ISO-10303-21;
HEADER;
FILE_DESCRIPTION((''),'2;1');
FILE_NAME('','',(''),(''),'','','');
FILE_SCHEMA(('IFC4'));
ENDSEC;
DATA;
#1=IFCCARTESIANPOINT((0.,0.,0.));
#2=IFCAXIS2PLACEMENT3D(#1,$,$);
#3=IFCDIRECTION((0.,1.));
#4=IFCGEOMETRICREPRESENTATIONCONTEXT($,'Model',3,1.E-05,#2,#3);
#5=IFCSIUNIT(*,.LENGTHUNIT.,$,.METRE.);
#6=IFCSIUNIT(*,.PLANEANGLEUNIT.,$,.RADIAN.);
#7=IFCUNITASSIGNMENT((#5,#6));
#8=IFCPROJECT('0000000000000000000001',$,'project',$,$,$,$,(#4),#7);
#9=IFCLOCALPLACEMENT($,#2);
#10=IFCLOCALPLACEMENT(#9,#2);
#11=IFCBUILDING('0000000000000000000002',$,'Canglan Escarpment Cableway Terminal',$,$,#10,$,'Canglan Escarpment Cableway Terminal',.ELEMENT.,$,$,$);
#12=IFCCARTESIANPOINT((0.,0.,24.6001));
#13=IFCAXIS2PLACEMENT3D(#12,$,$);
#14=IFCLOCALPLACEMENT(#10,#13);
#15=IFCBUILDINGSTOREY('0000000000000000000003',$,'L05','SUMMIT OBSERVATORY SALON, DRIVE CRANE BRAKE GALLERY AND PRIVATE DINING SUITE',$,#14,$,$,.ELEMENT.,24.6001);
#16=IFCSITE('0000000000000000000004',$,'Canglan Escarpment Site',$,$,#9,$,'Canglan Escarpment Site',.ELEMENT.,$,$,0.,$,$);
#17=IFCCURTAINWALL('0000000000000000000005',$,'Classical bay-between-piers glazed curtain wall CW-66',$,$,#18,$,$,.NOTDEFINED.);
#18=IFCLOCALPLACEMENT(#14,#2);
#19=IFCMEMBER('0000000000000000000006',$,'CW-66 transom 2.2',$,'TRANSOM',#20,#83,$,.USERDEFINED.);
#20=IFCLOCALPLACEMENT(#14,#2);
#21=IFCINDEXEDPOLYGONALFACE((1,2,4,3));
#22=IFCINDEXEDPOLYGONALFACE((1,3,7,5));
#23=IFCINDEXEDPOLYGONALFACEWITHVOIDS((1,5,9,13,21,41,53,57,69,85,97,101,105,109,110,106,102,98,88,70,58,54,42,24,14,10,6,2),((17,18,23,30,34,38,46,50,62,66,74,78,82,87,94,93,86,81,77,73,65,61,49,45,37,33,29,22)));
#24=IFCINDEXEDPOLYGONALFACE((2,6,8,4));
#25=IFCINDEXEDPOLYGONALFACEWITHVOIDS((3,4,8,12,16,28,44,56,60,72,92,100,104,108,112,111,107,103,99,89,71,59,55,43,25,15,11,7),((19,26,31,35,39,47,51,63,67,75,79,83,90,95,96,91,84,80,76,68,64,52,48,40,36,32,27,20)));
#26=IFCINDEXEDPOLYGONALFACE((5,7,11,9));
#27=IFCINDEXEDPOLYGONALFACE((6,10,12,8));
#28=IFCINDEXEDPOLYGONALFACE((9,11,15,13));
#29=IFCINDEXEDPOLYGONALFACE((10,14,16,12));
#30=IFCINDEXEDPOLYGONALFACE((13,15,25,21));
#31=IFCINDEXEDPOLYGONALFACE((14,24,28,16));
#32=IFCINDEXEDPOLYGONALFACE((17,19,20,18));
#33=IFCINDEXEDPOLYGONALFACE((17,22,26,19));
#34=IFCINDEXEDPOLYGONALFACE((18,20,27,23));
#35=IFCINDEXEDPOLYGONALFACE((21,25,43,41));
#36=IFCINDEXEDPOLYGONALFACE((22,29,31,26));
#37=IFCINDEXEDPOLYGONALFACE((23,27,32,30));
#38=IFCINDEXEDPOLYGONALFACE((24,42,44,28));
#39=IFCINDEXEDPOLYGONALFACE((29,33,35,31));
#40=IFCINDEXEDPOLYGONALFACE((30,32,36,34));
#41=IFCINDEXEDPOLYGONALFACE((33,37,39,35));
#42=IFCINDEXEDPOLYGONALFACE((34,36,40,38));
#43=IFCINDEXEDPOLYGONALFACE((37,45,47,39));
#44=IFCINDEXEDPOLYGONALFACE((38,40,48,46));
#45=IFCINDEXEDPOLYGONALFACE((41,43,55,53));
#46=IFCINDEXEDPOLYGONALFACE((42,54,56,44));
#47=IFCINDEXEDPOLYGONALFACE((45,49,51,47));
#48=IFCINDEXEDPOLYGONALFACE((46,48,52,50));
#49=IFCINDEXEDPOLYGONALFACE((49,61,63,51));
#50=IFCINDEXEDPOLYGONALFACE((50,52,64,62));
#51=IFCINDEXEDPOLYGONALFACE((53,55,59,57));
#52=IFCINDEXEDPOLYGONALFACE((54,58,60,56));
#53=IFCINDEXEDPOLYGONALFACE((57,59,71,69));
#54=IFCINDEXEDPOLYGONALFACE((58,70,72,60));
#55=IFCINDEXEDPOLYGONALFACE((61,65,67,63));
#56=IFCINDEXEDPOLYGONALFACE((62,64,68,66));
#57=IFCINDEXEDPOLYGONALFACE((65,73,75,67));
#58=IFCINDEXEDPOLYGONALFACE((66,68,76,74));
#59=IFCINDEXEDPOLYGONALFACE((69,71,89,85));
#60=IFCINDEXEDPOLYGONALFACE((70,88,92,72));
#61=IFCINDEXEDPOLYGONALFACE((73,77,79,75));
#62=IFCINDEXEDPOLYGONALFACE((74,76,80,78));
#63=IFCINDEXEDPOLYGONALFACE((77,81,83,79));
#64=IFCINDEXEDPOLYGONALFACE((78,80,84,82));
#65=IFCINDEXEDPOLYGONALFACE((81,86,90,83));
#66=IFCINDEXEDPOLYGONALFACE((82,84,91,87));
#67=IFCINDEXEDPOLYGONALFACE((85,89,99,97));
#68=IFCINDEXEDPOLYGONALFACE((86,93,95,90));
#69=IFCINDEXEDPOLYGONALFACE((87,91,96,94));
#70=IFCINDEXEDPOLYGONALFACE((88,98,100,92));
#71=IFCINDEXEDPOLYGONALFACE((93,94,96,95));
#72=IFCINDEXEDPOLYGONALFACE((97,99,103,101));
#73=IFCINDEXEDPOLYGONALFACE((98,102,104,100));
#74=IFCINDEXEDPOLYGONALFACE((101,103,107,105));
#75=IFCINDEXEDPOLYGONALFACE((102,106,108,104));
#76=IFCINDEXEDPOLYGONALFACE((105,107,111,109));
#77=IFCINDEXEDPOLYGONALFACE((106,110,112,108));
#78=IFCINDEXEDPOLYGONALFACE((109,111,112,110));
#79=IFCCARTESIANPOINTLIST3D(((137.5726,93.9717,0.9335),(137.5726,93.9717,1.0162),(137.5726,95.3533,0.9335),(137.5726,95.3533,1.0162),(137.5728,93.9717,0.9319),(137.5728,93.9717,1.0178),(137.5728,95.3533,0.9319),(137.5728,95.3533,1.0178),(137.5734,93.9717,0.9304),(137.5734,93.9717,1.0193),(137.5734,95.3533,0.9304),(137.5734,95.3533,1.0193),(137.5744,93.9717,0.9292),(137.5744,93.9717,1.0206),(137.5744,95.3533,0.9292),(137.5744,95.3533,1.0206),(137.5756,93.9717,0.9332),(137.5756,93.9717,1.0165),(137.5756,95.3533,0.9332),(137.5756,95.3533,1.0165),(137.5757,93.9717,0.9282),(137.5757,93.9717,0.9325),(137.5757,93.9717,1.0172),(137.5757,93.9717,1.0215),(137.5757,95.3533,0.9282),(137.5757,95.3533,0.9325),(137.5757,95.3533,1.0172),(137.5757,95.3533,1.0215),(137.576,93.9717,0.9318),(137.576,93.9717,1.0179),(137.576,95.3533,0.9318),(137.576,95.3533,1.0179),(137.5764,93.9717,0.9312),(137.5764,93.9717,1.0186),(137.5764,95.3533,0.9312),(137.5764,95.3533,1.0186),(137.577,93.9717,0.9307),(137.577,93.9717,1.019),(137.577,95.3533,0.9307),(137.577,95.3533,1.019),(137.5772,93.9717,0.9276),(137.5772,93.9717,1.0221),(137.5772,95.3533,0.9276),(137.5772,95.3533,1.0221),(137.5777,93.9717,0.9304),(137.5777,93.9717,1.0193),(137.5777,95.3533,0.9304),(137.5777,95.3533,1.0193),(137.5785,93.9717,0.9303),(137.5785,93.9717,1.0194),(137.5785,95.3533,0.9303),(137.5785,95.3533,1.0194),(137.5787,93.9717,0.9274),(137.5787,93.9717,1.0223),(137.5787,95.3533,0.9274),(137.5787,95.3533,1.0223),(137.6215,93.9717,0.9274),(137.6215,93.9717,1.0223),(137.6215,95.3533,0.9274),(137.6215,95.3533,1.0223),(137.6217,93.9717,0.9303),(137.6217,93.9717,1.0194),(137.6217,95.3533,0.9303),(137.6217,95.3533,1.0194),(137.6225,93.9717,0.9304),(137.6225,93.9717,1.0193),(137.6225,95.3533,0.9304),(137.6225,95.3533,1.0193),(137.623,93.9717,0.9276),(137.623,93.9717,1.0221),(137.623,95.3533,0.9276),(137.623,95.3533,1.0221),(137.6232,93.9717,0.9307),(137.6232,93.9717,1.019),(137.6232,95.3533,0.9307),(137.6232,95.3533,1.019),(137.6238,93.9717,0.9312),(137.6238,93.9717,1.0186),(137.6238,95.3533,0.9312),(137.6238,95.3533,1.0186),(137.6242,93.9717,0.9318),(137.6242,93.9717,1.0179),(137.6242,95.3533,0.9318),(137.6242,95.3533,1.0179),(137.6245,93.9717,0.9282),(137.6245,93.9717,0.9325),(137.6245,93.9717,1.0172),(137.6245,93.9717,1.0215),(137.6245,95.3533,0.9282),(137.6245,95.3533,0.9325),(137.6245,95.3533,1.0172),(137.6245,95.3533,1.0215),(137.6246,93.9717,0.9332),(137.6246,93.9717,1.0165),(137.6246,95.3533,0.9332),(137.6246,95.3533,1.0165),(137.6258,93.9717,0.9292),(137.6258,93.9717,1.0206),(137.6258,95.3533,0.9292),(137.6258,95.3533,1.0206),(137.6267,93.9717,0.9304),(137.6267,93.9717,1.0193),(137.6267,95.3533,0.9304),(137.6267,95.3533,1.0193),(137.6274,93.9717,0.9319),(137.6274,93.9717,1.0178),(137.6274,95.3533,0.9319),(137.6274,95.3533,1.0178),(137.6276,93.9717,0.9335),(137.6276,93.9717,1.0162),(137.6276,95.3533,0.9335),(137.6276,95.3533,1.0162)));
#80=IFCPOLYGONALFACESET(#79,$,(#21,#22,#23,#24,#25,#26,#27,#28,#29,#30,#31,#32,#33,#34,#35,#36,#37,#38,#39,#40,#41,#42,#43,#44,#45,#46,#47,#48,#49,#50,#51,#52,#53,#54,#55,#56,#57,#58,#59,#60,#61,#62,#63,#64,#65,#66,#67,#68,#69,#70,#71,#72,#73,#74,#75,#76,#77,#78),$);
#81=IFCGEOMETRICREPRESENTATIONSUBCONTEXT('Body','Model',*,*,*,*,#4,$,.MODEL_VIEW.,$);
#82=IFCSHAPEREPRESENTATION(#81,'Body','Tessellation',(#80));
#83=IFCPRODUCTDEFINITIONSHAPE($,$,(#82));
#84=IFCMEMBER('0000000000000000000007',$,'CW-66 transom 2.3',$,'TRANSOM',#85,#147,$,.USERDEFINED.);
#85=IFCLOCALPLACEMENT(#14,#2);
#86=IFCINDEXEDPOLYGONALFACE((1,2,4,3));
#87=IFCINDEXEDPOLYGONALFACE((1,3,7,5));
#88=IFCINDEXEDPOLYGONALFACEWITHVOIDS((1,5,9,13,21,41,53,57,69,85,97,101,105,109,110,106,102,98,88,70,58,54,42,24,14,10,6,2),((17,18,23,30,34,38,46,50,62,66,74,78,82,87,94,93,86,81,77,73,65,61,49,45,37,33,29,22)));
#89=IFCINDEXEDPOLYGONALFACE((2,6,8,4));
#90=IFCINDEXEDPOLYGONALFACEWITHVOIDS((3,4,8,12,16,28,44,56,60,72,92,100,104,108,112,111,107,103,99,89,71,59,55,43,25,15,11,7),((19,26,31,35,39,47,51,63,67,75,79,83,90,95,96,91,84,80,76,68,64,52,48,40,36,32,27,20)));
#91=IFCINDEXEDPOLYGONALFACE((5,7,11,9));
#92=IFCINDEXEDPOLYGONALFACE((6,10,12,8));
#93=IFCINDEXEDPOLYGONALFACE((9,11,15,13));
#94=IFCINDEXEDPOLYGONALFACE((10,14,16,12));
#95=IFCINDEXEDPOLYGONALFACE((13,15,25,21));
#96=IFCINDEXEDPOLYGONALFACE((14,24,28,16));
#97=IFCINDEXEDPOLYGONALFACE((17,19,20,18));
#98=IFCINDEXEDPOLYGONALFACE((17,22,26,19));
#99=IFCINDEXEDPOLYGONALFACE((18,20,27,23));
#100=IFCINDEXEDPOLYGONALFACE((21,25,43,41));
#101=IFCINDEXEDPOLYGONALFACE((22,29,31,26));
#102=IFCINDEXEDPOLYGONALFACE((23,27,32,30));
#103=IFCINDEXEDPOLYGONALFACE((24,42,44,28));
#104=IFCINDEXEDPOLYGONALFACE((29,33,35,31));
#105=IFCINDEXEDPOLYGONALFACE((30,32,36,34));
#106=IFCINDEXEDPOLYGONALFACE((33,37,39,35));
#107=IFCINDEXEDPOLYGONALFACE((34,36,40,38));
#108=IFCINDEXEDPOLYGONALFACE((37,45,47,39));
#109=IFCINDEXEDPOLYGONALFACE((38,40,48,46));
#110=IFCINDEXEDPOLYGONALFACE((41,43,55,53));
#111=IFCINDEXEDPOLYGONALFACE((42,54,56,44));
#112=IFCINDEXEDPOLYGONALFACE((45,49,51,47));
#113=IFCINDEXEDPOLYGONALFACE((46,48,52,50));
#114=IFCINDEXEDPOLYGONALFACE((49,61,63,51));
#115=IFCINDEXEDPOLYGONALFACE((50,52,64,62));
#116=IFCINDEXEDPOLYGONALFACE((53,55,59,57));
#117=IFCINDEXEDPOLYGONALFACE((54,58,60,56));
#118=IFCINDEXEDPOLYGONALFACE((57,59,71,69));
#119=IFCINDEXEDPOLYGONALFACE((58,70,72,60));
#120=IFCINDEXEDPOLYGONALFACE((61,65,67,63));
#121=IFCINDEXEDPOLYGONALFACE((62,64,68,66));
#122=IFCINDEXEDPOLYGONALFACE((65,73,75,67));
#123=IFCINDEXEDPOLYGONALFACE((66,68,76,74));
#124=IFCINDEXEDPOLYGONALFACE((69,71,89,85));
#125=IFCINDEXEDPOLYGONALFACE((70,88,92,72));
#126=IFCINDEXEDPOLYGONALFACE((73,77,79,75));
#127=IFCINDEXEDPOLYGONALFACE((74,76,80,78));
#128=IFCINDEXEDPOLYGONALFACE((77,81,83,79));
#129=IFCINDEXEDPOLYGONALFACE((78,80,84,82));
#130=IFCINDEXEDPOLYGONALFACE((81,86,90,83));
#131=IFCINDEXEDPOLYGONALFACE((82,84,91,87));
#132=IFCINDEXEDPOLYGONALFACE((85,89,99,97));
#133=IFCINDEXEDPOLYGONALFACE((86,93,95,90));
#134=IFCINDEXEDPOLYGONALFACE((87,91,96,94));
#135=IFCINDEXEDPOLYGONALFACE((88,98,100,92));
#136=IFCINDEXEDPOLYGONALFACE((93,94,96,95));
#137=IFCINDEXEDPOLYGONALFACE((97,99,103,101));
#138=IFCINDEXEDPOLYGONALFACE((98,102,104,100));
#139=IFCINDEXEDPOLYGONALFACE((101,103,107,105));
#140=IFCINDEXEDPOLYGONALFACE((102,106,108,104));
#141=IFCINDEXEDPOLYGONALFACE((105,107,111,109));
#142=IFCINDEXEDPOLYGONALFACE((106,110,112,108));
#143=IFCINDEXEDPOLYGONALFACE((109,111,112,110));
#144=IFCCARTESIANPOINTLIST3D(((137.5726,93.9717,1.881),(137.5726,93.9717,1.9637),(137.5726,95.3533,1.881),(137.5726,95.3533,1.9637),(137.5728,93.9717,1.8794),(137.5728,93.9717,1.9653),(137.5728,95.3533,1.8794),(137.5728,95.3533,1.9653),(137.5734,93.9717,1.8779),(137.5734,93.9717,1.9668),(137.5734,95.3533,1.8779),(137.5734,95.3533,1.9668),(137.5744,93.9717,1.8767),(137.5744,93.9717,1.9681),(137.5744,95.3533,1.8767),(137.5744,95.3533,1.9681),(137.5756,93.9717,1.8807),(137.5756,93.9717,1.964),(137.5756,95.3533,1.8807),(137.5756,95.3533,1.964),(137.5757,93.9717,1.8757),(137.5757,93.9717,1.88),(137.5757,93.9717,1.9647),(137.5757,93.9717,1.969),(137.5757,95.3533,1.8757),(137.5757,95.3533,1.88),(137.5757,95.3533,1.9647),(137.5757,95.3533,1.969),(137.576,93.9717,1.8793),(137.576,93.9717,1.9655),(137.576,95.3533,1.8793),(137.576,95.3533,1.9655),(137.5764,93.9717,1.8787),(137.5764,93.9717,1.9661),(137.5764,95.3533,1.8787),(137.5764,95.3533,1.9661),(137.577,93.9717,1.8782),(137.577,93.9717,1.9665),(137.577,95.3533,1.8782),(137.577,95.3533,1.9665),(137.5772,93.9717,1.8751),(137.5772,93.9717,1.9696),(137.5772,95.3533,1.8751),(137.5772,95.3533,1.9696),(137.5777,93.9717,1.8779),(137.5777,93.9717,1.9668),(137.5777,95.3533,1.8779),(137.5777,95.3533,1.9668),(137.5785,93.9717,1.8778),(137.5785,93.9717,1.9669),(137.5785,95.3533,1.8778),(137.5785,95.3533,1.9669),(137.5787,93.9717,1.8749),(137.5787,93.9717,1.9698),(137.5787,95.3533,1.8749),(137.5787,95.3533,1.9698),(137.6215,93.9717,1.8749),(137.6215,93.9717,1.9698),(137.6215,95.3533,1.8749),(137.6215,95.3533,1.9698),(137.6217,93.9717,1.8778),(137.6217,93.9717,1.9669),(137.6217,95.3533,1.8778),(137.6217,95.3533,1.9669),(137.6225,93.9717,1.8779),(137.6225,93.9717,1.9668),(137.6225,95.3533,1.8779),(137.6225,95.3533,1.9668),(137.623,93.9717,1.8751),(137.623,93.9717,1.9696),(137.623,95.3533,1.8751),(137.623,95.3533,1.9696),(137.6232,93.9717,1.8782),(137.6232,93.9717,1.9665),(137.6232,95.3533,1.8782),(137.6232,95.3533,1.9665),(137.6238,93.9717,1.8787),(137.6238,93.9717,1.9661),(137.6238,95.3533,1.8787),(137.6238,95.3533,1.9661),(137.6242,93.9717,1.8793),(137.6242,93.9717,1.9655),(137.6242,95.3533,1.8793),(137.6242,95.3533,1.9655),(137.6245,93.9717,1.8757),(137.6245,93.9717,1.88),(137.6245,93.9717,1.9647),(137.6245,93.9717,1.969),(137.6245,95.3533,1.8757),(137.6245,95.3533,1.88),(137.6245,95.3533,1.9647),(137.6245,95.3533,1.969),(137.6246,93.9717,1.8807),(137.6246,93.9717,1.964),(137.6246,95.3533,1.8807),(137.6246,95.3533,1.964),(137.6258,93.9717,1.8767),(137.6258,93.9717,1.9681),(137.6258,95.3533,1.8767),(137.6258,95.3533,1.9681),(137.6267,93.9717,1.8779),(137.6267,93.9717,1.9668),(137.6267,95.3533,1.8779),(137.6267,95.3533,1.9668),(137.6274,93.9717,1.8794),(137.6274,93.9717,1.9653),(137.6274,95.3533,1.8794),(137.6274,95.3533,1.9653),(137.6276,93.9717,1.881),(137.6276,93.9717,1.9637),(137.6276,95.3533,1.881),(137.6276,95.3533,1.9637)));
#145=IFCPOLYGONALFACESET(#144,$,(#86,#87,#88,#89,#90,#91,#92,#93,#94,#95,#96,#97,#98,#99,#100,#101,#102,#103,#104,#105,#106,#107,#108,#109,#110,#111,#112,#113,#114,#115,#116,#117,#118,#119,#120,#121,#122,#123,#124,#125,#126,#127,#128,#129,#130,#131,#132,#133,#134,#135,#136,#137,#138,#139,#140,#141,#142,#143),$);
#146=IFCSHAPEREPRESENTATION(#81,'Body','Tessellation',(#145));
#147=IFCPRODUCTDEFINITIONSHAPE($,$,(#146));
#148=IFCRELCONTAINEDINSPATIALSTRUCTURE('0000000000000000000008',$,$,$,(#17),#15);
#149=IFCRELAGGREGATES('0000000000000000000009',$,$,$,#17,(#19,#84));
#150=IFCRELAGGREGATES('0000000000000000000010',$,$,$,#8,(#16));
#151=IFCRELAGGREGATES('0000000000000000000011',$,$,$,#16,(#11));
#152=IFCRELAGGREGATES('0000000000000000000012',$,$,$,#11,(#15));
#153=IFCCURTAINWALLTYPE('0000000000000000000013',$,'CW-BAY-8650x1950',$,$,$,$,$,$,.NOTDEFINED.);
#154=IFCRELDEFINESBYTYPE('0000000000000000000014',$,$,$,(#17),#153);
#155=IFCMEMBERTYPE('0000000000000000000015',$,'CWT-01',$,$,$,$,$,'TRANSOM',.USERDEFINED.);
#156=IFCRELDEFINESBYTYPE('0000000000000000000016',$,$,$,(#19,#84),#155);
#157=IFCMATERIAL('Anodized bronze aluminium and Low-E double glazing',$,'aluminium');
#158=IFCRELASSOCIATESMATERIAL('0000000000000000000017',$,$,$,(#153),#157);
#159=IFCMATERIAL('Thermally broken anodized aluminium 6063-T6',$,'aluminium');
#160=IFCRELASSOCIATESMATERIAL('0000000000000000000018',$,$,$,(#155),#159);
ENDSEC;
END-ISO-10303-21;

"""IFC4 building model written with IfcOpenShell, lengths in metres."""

from ifc_helpers import new_model, si_unit, direction, frame, origin, origin_2d, place, context, subcontext, project, spatial, hollow_rectangle, extrude, material, material_profile, profile_set, type_object, element, aggregate, save


model = new_model("IFC4")

# Units and contexts
model_context = context("Model", 3, precision=1e-05, world=origin(), true_north=direction((0.0, 1.0)))
body_context = subcontext(model_context, "Body", "Model", "MODEL_VIEW")
ifc_project = project(units=[si_unit("LENGTHUNIT", "METRE"), si_unit("PLANEANGLEUNIT", "RADIAN")], contexts=[model_context])

# Site, building, storey
site_placement = place(None, origin())
site = spatial("IfcSite", under=ifc_project, at=site_placement, Name="Canglan Escarpment Site", LongName="Canglan Escarpment Site", CompositionType="ELEMENT", RefElevation=0.0)
building_placement = place(site_placement, origin())
building = spatial("IfcBuilding", under=site, at=building_placement, Name="Canglan Escarpment Cableway Terminal", LongName="Canglan Escarpment Cableway Terminal", CompositionType="ELEMENT")
storey_placement = place(building_placement, frame((0.0, 0.0, 24.6001)))
storey = spatial("IfcBuildingStorey", under=building, at=storey_placement, Name="L05", Description="SUMMIT OBSERVATORY SALON, DRIVE CRANE BRAKE GALLERY AND PRIVATE DINING SUITE", CompositionType="ELEMENT", Elevation=24.6001)

# Curtain wall, members
ifc_material_1 = material(Name="Anodized bronze aluminium and Low-E double glazing", Category="aluminium")
curtain_wall_type = type_object("IfcCurtainWallType", Name="CW-BAY-8650x1950", PredefinedType="NOTDEFINED", material=ifc_material_1)
curtain_wall_placement = place(storey_placement, origin())
curtain_wall = element("IfcCurtainWall", 1, at=curtain_wall_placement, inside=storey, type_object=curtain_wall_type, Name="Classical bay-between-piers glazed curtain wall CW-66", PredefinedType="NOTDEFINED")
ifc_material_2 = material(Name="Thermally broken anodized aluminium 6063-T6", Category="aluminium")
ifc_material_profile_1 = material_profile(ifc_material_2, hollow_rectangle(XDim=0.0549, YDim=0.095, WallThickness=0.0029, InnerFilletRadius=0.0029, OuterFilletRadius=0.0061, at=origin_2d()), Name="ALU-TRAN 55x95x3")
ifc_profile_set_1 = profile_set([ifc_material_profile_1], Name="Thermally broken anodized aluminium 6063-T6")
member_type_1 = type_object("IfcMemberType", Name="CWT-01", ElementType="TRANSOM", PredefinedType="USERDEFINED", material=ifc_profile_set_1)
member_1_placement = place(storey_placement, frame((137.6001, 95.3533, 0.9749), z_axis=(0.0, -1.0, 0.0), x_axis=(1.0, 0.0, 0.0)))
member_1 = element("IfcMember", 2, at=member_1_placement, type_object=member_type_1, Name="CW-66 transom 2.2", ObjectType="TRANSOM", PredefinedType="USERDEFINED", context=body_context, shape_type="SweptSolid", body=[
    extrude(hollow_rectangle(XDim=0.0549, YDim=0.095, WallThickness=0.0029, InnerFilletRadius=0.0029, OuterFilletRadius=0.0061, at=origin_2d()), origin(), (0.0, 0.0, 1.0), 1.3816),
])
member_2_placement = place(storey_placement, frame((137.6001, 95.3533, 1.9224), z_axis=(0.0, -1.0, 0.0), x_axis=(1.0, 0.0, 0.0)))
member_2 = element("IfcMember", 3, at=member_2_placement, type_object=member_type_1, Name="CW-66 transom 2.3", ObjectType="TRANSOM", PredefinedType="USERDEFINED", context=body_context, shape_type="SweptSolid", body=[
    extrude(hollow_rectangle(XDim=0.0549, YDim=0.095, WallThickness=0.0029, InnerFilletRadius=0.0029, OuterFilletRadius=0.0061, at=origin_2d()), origin(), (0.0, 0.0, 1.0), 1.3816),
])

aggregate(curtain_wall, [member_1, member_2])

save(model, "model.ifc")
